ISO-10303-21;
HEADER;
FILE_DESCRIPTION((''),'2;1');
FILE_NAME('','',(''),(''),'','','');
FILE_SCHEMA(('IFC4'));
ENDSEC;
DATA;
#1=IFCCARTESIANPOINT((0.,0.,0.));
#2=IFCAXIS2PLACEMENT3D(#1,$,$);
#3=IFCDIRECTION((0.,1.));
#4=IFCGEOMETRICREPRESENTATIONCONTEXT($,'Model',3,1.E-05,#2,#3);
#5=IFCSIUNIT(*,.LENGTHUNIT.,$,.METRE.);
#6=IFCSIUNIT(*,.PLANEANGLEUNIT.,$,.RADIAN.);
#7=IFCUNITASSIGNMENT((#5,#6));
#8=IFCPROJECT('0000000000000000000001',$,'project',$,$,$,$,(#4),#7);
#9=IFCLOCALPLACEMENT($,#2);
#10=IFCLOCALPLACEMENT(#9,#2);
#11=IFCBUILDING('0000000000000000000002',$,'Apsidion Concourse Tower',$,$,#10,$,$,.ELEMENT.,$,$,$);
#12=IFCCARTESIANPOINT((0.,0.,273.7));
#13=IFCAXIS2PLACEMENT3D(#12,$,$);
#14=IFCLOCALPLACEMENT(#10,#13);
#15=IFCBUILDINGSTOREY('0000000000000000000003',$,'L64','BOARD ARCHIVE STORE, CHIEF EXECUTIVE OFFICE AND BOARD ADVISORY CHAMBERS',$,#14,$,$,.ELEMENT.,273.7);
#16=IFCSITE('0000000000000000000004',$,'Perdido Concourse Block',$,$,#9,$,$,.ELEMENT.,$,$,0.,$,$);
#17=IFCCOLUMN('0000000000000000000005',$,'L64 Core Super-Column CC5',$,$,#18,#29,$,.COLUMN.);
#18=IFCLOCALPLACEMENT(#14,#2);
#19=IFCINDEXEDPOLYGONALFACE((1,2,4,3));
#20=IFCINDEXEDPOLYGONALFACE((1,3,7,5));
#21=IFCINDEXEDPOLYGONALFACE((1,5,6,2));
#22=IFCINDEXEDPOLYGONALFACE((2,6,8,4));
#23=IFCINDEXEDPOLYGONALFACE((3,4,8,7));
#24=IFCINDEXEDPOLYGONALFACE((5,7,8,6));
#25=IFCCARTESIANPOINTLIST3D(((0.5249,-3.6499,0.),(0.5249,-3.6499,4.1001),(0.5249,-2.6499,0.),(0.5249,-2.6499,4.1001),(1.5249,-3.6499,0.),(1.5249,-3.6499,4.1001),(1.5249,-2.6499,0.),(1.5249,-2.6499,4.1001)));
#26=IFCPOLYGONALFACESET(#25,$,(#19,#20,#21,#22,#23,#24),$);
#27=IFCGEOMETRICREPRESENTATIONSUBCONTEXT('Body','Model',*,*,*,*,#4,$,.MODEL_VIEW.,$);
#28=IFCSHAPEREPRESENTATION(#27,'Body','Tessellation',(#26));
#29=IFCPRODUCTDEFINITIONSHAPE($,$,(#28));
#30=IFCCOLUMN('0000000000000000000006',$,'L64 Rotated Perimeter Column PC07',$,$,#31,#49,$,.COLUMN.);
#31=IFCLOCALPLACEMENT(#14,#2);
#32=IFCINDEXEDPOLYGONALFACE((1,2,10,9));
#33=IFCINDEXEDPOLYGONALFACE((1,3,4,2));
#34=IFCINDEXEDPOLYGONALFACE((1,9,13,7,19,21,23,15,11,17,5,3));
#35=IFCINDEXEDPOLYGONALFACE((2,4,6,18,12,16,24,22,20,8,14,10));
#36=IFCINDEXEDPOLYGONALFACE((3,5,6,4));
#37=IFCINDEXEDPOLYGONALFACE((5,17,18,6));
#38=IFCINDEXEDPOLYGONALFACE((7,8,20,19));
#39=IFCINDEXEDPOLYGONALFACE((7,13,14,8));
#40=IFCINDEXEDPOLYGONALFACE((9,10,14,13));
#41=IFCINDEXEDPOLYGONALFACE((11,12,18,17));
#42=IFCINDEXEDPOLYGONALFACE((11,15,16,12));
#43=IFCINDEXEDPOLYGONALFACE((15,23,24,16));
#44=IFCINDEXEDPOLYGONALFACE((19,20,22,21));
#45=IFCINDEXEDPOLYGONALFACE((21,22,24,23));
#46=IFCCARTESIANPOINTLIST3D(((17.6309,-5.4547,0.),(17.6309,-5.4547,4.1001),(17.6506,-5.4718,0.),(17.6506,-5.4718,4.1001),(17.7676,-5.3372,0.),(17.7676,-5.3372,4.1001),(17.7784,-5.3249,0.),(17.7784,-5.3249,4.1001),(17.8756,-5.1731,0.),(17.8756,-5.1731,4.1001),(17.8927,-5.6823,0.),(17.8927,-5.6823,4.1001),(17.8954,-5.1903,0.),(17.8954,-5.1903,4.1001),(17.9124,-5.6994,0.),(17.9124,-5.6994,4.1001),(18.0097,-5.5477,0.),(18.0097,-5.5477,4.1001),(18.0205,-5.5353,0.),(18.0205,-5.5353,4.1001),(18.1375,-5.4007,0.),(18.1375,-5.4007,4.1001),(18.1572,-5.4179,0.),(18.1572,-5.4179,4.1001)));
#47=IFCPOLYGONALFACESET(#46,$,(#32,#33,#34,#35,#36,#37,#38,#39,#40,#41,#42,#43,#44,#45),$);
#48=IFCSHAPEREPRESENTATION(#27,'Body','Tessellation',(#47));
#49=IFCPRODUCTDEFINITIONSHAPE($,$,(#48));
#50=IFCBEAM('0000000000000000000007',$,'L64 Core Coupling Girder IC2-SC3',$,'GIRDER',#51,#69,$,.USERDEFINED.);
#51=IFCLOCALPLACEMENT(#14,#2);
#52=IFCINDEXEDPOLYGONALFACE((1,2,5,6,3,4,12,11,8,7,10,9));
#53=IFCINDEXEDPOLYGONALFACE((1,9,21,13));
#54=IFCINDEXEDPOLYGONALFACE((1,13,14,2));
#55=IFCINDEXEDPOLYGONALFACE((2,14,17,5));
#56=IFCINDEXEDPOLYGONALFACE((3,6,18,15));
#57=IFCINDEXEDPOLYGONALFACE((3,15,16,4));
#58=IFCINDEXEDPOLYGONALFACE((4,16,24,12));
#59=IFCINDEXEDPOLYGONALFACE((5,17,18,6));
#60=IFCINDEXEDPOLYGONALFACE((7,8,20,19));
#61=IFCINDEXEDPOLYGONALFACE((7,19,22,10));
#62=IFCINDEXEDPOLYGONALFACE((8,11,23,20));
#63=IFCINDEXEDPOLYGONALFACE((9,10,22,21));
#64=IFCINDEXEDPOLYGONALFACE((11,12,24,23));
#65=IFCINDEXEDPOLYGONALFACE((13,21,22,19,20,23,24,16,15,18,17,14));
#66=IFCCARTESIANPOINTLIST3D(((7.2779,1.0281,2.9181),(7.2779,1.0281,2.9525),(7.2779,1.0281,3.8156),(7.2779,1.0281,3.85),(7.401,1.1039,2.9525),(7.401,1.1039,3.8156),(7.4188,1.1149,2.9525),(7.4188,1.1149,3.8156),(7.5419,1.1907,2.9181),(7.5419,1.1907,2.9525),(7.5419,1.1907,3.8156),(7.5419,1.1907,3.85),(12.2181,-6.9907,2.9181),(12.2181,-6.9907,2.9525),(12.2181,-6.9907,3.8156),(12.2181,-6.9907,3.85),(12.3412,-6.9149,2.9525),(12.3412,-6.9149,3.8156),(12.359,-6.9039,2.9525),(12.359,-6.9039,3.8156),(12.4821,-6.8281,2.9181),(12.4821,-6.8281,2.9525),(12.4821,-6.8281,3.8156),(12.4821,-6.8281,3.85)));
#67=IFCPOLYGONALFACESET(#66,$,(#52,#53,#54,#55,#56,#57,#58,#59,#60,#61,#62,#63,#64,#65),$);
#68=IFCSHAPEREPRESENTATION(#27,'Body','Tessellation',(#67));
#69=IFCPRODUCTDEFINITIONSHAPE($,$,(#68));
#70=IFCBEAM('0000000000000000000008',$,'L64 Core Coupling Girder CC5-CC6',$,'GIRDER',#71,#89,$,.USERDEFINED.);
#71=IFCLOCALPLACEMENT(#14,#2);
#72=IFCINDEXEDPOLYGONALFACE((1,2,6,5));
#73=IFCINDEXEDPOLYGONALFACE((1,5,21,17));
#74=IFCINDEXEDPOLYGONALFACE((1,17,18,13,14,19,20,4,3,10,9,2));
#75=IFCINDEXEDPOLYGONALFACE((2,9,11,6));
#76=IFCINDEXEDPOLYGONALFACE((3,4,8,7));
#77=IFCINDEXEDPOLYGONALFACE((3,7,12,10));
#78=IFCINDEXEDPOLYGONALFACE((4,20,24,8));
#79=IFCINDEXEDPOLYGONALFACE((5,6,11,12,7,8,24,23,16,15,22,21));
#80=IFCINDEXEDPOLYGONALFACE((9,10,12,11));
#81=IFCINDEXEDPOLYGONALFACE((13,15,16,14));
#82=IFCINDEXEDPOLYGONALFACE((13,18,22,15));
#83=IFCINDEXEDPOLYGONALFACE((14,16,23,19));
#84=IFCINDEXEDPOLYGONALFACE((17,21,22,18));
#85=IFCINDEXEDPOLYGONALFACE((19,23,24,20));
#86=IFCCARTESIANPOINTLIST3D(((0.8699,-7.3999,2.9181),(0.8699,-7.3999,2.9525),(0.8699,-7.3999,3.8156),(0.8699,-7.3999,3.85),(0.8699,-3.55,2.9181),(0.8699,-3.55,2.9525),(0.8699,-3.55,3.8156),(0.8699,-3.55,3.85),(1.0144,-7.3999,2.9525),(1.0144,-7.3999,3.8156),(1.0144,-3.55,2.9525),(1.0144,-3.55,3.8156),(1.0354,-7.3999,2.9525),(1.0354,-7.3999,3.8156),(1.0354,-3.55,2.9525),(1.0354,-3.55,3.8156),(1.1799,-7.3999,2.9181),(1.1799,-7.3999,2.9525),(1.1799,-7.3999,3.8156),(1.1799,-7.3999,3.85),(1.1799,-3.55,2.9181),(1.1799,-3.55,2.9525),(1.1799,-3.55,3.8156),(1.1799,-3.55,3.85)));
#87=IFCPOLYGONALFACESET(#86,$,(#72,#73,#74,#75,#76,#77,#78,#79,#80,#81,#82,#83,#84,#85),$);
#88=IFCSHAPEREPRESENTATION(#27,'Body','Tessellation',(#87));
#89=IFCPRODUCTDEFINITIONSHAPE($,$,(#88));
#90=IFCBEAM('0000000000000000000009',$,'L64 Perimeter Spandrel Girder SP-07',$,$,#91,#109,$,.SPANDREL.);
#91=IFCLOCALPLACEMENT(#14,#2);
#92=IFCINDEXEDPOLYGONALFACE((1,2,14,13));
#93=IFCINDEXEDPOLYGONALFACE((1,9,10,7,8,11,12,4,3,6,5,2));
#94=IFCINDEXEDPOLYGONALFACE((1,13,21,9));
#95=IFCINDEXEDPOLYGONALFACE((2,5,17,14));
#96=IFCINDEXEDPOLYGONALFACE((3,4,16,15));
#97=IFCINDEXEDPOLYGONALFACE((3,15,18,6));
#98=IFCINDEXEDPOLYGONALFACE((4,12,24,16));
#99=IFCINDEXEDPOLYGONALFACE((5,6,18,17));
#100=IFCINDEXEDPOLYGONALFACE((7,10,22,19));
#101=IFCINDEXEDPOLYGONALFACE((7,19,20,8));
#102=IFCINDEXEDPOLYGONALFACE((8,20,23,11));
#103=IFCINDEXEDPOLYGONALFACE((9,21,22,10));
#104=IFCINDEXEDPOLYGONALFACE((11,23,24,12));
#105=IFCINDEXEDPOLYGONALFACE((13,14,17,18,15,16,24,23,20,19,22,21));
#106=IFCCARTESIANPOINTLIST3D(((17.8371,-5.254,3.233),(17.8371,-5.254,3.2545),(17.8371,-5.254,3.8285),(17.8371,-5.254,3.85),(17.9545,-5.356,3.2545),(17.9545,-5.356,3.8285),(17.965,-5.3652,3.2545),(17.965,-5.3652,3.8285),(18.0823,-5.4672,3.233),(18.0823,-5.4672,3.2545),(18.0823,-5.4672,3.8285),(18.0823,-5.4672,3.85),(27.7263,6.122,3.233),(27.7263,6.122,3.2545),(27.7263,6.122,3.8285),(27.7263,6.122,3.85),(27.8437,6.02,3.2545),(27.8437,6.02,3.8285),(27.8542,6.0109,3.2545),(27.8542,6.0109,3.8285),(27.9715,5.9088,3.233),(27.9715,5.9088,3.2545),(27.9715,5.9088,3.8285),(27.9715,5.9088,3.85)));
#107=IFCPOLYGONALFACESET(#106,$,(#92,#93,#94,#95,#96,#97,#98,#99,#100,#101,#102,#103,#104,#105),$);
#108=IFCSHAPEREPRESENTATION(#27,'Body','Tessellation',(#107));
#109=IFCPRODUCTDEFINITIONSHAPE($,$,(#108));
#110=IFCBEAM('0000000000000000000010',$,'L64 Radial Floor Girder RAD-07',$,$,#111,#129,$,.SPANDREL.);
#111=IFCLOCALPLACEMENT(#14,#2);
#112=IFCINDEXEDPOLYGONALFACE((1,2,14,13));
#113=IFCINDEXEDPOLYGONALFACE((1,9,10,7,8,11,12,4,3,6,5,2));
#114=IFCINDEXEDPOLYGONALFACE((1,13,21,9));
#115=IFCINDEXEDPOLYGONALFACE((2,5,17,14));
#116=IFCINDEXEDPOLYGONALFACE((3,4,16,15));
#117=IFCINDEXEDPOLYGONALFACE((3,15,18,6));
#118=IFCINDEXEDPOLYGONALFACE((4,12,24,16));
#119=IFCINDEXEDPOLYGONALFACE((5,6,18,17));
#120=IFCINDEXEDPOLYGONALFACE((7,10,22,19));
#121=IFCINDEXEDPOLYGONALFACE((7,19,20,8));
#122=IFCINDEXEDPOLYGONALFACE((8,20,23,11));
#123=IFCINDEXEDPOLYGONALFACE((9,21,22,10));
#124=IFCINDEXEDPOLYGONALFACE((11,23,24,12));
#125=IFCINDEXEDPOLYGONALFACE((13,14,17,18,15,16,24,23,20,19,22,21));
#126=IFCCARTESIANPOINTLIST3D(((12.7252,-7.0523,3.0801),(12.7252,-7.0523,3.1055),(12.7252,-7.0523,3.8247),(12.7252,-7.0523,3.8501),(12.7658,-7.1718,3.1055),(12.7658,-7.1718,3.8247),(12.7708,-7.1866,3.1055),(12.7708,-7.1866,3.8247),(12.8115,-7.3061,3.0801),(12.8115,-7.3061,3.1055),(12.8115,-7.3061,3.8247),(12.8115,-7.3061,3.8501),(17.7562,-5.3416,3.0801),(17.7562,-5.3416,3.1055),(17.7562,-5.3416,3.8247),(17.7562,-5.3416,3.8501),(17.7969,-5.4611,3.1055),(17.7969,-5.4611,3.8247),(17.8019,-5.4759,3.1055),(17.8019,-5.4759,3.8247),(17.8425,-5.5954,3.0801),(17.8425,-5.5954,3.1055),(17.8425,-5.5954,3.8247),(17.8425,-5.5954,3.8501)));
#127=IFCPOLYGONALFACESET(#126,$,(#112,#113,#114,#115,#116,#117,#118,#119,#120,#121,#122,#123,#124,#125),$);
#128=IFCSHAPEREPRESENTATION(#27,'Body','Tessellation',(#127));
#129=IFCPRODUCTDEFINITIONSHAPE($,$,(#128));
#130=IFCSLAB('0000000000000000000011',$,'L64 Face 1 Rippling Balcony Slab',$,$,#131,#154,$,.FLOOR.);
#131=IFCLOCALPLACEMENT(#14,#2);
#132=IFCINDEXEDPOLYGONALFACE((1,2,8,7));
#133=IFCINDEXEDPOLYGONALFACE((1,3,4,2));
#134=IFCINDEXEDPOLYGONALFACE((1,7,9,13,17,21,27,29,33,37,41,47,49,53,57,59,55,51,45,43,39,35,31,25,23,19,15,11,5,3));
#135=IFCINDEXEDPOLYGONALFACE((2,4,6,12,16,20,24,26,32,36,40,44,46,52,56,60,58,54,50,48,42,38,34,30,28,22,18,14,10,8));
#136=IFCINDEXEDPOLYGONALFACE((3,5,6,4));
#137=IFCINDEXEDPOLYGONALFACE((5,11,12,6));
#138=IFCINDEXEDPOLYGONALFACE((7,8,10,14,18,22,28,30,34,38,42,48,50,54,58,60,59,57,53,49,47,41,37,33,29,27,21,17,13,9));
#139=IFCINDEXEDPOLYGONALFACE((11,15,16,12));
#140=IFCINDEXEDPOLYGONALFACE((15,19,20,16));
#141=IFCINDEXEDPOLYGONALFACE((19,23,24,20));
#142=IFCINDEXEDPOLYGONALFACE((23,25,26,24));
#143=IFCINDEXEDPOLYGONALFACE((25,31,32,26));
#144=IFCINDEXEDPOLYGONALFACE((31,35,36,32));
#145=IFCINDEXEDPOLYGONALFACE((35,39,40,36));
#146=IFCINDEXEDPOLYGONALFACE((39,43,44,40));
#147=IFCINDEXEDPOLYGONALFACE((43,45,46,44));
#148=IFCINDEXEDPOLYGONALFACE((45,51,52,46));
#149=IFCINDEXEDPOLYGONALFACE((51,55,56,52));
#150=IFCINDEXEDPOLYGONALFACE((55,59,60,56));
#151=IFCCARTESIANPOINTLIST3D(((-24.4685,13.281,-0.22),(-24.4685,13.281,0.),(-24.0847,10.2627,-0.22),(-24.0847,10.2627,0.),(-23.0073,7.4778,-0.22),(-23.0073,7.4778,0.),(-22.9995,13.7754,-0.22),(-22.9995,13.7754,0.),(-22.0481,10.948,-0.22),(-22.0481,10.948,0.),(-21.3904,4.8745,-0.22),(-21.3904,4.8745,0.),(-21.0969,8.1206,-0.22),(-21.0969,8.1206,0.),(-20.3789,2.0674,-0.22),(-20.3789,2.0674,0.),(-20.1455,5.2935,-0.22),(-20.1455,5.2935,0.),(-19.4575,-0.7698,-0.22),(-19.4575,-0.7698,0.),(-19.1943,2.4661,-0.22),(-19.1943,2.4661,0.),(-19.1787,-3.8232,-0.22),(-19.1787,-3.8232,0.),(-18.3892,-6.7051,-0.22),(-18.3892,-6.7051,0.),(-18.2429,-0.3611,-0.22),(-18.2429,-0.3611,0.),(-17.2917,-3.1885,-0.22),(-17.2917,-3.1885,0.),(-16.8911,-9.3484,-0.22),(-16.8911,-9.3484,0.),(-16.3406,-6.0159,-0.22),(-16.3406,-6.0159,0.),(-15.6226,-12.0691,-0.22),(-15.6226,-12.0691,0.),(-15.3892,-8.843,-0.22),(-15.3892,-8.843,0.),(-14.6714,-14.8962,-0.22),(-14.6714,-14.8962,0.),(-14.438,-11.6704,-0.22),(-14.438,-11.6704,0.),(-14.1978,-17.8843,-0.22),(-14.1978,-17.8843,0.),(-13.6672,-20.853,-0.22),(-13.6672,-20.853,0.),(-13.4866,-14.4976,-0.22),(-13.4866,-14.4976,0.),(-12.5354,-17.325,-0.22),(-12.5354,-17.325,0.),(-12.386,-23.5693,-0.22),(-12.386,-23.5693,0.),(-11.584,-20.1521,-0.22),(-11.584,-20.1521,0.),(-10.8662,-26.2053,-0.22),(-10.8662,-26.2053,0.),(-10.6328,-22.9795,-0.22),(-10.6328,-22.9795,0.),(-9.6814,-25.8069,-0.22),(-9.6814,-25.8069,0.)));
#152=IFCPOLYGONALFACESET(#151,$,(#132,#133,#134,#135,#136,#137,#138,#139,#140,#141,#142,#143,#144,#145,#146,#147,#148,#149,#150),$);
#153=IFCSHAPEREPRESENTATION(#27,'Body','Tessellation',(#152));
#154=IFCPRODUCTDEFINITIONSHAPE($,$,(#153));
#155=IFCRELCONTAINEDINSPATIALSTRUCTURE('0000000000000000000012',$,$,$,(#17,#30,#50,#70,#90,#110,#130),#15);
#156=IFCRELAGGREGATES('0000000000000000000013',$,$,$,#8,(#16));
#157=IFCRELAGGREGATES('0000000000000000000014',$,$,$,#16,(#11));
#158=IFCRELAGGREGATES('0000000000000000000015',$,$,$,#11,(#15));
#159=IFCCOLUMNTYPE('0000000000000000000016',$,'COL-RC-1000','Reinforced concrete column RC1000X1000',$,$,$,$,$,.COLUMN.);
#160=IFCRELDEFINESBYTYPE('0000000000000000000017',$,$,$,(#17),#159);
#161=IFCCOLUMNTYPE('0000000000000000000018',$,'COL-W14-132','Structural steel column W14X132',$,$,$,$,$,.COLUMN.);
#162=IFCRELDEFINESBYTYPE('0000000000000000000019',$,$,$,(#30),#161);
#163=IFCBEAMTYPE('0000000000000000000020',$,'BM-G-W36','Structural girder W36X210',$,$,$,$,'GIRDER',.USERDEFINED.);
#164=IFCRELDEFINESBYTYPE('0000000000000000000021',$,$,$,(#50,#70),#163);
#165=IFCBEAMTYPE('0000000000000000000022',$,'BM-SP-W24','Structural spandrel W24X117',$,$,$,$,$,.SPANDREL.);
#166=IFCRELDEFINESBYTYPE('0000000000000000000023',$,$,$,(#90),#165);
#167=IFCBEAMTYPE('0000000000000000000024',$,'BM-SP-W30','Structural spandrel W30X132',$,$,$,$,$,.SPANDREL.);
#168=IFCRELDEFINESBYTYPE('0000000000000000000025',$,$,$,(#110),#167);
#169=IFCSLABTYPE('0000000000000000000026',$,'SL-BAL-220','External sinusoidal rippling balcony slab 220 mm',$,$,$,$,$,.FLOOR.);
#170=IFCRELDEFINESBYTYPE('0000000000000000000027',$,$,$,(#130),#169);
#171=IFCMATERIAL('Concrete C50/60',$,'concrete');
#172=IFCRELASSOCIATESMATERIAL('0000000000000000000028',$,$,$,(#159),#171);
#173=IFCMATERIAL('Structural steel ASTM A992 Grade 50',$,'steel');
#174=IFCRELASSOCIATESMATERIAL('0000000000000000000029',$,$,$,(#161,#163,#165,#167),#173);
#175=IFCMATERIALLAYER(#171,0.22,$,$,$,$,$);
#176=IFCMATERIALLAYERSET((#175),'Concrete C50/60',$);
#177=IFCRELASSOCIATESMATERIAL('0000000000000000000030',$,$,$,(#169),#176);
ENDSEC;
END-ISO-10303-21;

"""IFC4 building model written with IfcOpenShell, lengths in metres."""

from ifc_helpers import new_model, si_unit, direction, frame, origin, origin_2d, place, context, subcontext, project, spatial, polyline, rectangle, i_section, outline, extrude, material, layer, layer_set, material_profile, profile_set, type_object, element, save


model = new_model("IFC4")

# Units and contexts
model_context = context("Model", 3, precision=1e-05, world=origin(), true_north=direction((0.0, 1.0)))
body_context = subcontext(model_context, "Body", "Model", "MODEL_VIEW")
ifc_project = project(units=[si_unit("LENGTHUNIT", "METRE"), si_unit("PLANEANGLEUNIT", "RADIAN")], contexts=[model_context])

# Site, building, storey
site_placement = place(None, origin())
site = spatial("IfcSite", under=ifc_project, at=site_placement, Name="Perdido Concourse Block", CompositionType="ELEMENT", RefElevation=0.0)
building_placement = place(site_placement, origin())
building = spatial("IfcBuilding", under=site, at=building_placement, Name="Apsidion Concourse Tower", CompositionType="ELEMENT")
storey_placement = place(building_placement, frame((0.0, 0.0, 273.7)))
storey = spatial("IfcBuildingStorey", under=building, at=storey_placement, Name="L64", Description="BOARD ARCHIVE STORE, CHIEF EXECUTIVE OFFICE AND BOARD ADVISORY CHAMBERS", CompositionType="ELEMENT", Elevation=273.7)

# Columns
ifc_material_1 = material(Name="Concrete C50/60", Category="concrete")
ifc_material_profile_1 = material_profile(ifc_material_1, rectangle(XDim=1.0, YDim=1.0, at=origin_2d()), Name="RC 1000x1000")
ifc_profile_set_1 = profile_set([ifc_material_profile_1], Name="Concrete C50/60")
column_type_1 = type_object("IfcColumnType", Name="COL-RC-1000", Description="Reinforced concrete column RC1000X1000", PredefinedType="COLUMN", material=ifc_profile_set_1)
column_1_placement = place(storey_placement, frame((1.0249, -3.1499, 0.0), z_axis=(0.0, 0.0, 1.0), x_axis=(1.0, 0.0, 0.0)))
element("IfcColumn", 1, at=column_1_placement, inside=storey, type_object=column_type_1, Name="L64 Core Super-Column CC5", PredefinedType="COLUMN", context=body_context, shape_type="SweptSolid", body=[
    extrude(rectangle(XDim=1.0, YDim=1.0, at=origin_2d()), origin(), (0.0, 0.0, 1.0), 4.1001),
])
ifc_material_2 = material(Name="Structural steel ASTM A992 Grade 50", Category="steel")
ifc_material_profile_2 = material_profile(ifc_material_2, i_section(OverallWidth=0.373, OverallDepth=0.373, WebThickness=0.0164, FlangeThickness=0.0261, at=origin_2d()), Name="W14X132")
ifc_profile_set_2 = profile_set([ifc_material_profile_2], Name="Structural steel ASTM A992 Grade 50")
column_type_2 = type_object("IfcColumnType", Name="COL-W14-132", Description="Structural steel column W14X132", PredefinedType="COLUMN", material=ifc_profile_set_2)
column_2_placement = place(storey_placement, frame((17.894, -5.4363, 0.0), z_axis=(0.0, 0.0, 1.0), x_axis=(0.656059, 0.75471, 0.0)))
element("IfcColumn", 2, at=column_2_placement, inside=storey, type_object=column_type_2, Name="L64 Rotated Perimeter Column PC07", PredefinedType="COLUMN", context=body_context, shape_type="SweptSolid", body=[
    extrude(i_section(OverallWidth=0.373, OverallDepth=0.373, WebThickness=0.0164, FlangeThickness=0.0261, at=origin_2d()), origin(), (0.0, 0.0, 1.0), 4.1001),
])

# Beams
ifc_material_profile_3 = material_profile(ifc_material_2, i_section(OverallWidth=0.3101, OverallDepth=0.9319, WebThickness=0.021, FlangeThickness=0.0344, at=origin_2d()), Name="W36X210")
ifc_profile_set_3 = profile_set([ifc_material_profile_3], Name="Structural steel ASTM A992 Grade 50")
beam_type_1 = type_object("IfcBeamType", Name="BM-G-W36", Description="Structural girder W36X210", ElementType="GIRDER", PredefinedType="USERDEFINED", material=ifc_profile_set_3)
beam_1_placement = place(storey_placement, frame((12.3501, -6.9094, 3.384), z_axis=(-0.524524, 0.851396, 0.0), x_axis=(-0.851396, -0.524524, 0.0)))
element("IfcBeam", 3, at=beam_1_placement, inside=storey, type_object=beam_type_1, Name="L64 Core Coupling Girder IC2-SC3", ObjectType="GIRDER", PredefinedType="USERDEFINED", context=body_context, shape_type="SweptSolid", body=[
    extrude(i_section(OverallWidth=0.3101, OverallDepth=0.9319, WebThickness=0.021, FlangeThickness=0.0344, at=origin_2d()), origin(), (0.0, 0.0, 1.0), 9.4185),
])
beam_2_placement = place(storey_placement, frame((1.0249, -3.55, 3.384), z_axis=(0.0, -1.0, 0.0), x_axis=(1.0, 0.0, 0.0)))
element("IfcBeam", 4, at=beam_2_placement, inside=storey, type_object=beam_type_1, Name="L64 Core Coupling Girder CC5-CC6", ObjectType="GIRDER", PredefinedType="USERDEFINED", context=body_context, shape_type="SweptSolid", body=[
    extrude(i_section(OverallWidth=0.3101, OverallDepth=0.9319, WebThickness=0.021, FlangeThickness=0.0344, at=origin_2d()), origin(), (0.0, 0.0, 1.0), 3.8499),
])
ifc_material_profile_4 = material_profile(ifc_material_2, i_section(OverallWidth=0.325, OverallDepth=0.6169, WebThickness=0.0139, FlangeThickness=0.0215, at=origin_2d()), Name="W24X117")
ifc_profile_set_4 = profile_set([ifc_material_profile_4], Name="Structural steel ASTM A992 Grade 50")
beam_type_2 = type_object("IfcBeamType", Name="BM-SP-W24", Description="Structural spandrel W24X117", PredefinedType="SPANDREL", material=ifc_profile_set_4)
beam_3_placement = place(storey_placement, frame((17.9597, -5.3606, 3.5415), z_axis=(0.656066, 0.754704, 0.0), x_axis=(-0.754704, 0.656066, 0.0)))
element("IfcBeam", 5, at=beam_3_placement, inside=storey, type_object=beam_type_2, Name="L64 Perimeter Spandrel Girder SP-07", PredefinedType="SPANDREL", context=body_context, shape_type="SweptSolid", body=[
    extrude(i_section(OverallWidth=0.325, OverallDepth=0.6169, WebThickness=0.0139, FlangeThickness=0.0215, at=origin_2d()), origin(), (0.0, 0.0, 1.0), 15.0735),
])
ifc_material_profile_5 = material_profile(ifc_material_2, i_section(OverallWidth=0.2681, OverallDepth=0.77, WebThickness=0.0156, FlangeThickness=0.0254, at=origin_2d()), Name="W30X132")
ifc_profile_set_5 = profile_set([ifc_material_profile_5], Name="Structural steel ASTM A992 Grade 50")
beam_type_3 = type_object("IfcBeamType", Name="BM-SP-W30", Description="Structural spandrel W30X132", PredefinedType="SPANDREL", material=ifc_profile_set_5)
beam_4_placement = place(storey_placement, frame((12.7683, -7.1792, 3.4651), z_axis=(0.946764, 0.321928, 0.0), x_axis=(-0.321928, 0.946764, 0.0)))
element("IfcBeam", 6, at=beam_4_placement, inside=storey, type_object=beam_type_3, Name="L64 Radial Floor Girder RAD-07", PredefinedType="SPANDREL", context=body_context, shape_type="SweptSolid", body=[
    extrude(i_section(OverallWidth=0.2681, OverallDepth=0.77, WebThickness=0.0156, FlangeThickness=0.0254, at=origin_2d()), origin(), (0.0, 0.0, 1.0), 5.314),
])

# Slab
ifc_layer_1 = layer(ifc_material_1, 0.22)
ifc_layer_set_1 = layer_set([ifc_layer_1], Name="Concrete C50/60")
slab_type_1 = type_object("IfcSlabType", Name="SL-BAL-220", Description="External sinusoidal rippling balcony slab 220 mm", PredefinedType="FLOOR", material=ifc_layer_set_1)
slab_1_placement = place(storey_placement, frame((0.0, 0.0, -0.22)))
element("IfcSlab", 7, at=slab_1_placement, inside=storey, type_object=slab_type_1, Name="L64 Face 1 Rippling Balcony Slab", PredefinedType="FLOOR", context=body_context, shape_type="SweptSolid", body=[
    extrude(outline(polyline([(-22.9995, 13.7754), (-22.0481, 10.948), (-21.0969, 8.1206), (-20.1455, 5.2935), (-19.1943, 2.4661), (-18.2429, -0.3611), (-17.2917, -3.1885), (-16.3406, -6.0159), (-15.3892, -8.843), (-14.438, -11.6704), (-13.4866, -14.4976), (-12.5354, -17.325), (-11.584, -20.1521), (-10.6328, -22.9795), (-9.6814, -25.8069), (-10.8662, -26.2053), (-12.386, -23.5693), (-13.6672, -20.853), (-14.1978, -17.8843), (-14.6714, -14.8962), (-15.6226, -12.0691), (-16.8911, -9.3484), (-18.3892, -6.7051), (-19.1787, -3.8232), (-19.4575, -0.7698), (-20.3789, 2.0674), (-21.3904, 4.8745), (-23.0073, 7.4778), (-24.0847, 10.2627), (-24.4685, 13.281), (-22.9995, 13.7754)])), origin(), (0.0, 0.0, 1.0), 0.22),
])

save(model, "model.ifc")
